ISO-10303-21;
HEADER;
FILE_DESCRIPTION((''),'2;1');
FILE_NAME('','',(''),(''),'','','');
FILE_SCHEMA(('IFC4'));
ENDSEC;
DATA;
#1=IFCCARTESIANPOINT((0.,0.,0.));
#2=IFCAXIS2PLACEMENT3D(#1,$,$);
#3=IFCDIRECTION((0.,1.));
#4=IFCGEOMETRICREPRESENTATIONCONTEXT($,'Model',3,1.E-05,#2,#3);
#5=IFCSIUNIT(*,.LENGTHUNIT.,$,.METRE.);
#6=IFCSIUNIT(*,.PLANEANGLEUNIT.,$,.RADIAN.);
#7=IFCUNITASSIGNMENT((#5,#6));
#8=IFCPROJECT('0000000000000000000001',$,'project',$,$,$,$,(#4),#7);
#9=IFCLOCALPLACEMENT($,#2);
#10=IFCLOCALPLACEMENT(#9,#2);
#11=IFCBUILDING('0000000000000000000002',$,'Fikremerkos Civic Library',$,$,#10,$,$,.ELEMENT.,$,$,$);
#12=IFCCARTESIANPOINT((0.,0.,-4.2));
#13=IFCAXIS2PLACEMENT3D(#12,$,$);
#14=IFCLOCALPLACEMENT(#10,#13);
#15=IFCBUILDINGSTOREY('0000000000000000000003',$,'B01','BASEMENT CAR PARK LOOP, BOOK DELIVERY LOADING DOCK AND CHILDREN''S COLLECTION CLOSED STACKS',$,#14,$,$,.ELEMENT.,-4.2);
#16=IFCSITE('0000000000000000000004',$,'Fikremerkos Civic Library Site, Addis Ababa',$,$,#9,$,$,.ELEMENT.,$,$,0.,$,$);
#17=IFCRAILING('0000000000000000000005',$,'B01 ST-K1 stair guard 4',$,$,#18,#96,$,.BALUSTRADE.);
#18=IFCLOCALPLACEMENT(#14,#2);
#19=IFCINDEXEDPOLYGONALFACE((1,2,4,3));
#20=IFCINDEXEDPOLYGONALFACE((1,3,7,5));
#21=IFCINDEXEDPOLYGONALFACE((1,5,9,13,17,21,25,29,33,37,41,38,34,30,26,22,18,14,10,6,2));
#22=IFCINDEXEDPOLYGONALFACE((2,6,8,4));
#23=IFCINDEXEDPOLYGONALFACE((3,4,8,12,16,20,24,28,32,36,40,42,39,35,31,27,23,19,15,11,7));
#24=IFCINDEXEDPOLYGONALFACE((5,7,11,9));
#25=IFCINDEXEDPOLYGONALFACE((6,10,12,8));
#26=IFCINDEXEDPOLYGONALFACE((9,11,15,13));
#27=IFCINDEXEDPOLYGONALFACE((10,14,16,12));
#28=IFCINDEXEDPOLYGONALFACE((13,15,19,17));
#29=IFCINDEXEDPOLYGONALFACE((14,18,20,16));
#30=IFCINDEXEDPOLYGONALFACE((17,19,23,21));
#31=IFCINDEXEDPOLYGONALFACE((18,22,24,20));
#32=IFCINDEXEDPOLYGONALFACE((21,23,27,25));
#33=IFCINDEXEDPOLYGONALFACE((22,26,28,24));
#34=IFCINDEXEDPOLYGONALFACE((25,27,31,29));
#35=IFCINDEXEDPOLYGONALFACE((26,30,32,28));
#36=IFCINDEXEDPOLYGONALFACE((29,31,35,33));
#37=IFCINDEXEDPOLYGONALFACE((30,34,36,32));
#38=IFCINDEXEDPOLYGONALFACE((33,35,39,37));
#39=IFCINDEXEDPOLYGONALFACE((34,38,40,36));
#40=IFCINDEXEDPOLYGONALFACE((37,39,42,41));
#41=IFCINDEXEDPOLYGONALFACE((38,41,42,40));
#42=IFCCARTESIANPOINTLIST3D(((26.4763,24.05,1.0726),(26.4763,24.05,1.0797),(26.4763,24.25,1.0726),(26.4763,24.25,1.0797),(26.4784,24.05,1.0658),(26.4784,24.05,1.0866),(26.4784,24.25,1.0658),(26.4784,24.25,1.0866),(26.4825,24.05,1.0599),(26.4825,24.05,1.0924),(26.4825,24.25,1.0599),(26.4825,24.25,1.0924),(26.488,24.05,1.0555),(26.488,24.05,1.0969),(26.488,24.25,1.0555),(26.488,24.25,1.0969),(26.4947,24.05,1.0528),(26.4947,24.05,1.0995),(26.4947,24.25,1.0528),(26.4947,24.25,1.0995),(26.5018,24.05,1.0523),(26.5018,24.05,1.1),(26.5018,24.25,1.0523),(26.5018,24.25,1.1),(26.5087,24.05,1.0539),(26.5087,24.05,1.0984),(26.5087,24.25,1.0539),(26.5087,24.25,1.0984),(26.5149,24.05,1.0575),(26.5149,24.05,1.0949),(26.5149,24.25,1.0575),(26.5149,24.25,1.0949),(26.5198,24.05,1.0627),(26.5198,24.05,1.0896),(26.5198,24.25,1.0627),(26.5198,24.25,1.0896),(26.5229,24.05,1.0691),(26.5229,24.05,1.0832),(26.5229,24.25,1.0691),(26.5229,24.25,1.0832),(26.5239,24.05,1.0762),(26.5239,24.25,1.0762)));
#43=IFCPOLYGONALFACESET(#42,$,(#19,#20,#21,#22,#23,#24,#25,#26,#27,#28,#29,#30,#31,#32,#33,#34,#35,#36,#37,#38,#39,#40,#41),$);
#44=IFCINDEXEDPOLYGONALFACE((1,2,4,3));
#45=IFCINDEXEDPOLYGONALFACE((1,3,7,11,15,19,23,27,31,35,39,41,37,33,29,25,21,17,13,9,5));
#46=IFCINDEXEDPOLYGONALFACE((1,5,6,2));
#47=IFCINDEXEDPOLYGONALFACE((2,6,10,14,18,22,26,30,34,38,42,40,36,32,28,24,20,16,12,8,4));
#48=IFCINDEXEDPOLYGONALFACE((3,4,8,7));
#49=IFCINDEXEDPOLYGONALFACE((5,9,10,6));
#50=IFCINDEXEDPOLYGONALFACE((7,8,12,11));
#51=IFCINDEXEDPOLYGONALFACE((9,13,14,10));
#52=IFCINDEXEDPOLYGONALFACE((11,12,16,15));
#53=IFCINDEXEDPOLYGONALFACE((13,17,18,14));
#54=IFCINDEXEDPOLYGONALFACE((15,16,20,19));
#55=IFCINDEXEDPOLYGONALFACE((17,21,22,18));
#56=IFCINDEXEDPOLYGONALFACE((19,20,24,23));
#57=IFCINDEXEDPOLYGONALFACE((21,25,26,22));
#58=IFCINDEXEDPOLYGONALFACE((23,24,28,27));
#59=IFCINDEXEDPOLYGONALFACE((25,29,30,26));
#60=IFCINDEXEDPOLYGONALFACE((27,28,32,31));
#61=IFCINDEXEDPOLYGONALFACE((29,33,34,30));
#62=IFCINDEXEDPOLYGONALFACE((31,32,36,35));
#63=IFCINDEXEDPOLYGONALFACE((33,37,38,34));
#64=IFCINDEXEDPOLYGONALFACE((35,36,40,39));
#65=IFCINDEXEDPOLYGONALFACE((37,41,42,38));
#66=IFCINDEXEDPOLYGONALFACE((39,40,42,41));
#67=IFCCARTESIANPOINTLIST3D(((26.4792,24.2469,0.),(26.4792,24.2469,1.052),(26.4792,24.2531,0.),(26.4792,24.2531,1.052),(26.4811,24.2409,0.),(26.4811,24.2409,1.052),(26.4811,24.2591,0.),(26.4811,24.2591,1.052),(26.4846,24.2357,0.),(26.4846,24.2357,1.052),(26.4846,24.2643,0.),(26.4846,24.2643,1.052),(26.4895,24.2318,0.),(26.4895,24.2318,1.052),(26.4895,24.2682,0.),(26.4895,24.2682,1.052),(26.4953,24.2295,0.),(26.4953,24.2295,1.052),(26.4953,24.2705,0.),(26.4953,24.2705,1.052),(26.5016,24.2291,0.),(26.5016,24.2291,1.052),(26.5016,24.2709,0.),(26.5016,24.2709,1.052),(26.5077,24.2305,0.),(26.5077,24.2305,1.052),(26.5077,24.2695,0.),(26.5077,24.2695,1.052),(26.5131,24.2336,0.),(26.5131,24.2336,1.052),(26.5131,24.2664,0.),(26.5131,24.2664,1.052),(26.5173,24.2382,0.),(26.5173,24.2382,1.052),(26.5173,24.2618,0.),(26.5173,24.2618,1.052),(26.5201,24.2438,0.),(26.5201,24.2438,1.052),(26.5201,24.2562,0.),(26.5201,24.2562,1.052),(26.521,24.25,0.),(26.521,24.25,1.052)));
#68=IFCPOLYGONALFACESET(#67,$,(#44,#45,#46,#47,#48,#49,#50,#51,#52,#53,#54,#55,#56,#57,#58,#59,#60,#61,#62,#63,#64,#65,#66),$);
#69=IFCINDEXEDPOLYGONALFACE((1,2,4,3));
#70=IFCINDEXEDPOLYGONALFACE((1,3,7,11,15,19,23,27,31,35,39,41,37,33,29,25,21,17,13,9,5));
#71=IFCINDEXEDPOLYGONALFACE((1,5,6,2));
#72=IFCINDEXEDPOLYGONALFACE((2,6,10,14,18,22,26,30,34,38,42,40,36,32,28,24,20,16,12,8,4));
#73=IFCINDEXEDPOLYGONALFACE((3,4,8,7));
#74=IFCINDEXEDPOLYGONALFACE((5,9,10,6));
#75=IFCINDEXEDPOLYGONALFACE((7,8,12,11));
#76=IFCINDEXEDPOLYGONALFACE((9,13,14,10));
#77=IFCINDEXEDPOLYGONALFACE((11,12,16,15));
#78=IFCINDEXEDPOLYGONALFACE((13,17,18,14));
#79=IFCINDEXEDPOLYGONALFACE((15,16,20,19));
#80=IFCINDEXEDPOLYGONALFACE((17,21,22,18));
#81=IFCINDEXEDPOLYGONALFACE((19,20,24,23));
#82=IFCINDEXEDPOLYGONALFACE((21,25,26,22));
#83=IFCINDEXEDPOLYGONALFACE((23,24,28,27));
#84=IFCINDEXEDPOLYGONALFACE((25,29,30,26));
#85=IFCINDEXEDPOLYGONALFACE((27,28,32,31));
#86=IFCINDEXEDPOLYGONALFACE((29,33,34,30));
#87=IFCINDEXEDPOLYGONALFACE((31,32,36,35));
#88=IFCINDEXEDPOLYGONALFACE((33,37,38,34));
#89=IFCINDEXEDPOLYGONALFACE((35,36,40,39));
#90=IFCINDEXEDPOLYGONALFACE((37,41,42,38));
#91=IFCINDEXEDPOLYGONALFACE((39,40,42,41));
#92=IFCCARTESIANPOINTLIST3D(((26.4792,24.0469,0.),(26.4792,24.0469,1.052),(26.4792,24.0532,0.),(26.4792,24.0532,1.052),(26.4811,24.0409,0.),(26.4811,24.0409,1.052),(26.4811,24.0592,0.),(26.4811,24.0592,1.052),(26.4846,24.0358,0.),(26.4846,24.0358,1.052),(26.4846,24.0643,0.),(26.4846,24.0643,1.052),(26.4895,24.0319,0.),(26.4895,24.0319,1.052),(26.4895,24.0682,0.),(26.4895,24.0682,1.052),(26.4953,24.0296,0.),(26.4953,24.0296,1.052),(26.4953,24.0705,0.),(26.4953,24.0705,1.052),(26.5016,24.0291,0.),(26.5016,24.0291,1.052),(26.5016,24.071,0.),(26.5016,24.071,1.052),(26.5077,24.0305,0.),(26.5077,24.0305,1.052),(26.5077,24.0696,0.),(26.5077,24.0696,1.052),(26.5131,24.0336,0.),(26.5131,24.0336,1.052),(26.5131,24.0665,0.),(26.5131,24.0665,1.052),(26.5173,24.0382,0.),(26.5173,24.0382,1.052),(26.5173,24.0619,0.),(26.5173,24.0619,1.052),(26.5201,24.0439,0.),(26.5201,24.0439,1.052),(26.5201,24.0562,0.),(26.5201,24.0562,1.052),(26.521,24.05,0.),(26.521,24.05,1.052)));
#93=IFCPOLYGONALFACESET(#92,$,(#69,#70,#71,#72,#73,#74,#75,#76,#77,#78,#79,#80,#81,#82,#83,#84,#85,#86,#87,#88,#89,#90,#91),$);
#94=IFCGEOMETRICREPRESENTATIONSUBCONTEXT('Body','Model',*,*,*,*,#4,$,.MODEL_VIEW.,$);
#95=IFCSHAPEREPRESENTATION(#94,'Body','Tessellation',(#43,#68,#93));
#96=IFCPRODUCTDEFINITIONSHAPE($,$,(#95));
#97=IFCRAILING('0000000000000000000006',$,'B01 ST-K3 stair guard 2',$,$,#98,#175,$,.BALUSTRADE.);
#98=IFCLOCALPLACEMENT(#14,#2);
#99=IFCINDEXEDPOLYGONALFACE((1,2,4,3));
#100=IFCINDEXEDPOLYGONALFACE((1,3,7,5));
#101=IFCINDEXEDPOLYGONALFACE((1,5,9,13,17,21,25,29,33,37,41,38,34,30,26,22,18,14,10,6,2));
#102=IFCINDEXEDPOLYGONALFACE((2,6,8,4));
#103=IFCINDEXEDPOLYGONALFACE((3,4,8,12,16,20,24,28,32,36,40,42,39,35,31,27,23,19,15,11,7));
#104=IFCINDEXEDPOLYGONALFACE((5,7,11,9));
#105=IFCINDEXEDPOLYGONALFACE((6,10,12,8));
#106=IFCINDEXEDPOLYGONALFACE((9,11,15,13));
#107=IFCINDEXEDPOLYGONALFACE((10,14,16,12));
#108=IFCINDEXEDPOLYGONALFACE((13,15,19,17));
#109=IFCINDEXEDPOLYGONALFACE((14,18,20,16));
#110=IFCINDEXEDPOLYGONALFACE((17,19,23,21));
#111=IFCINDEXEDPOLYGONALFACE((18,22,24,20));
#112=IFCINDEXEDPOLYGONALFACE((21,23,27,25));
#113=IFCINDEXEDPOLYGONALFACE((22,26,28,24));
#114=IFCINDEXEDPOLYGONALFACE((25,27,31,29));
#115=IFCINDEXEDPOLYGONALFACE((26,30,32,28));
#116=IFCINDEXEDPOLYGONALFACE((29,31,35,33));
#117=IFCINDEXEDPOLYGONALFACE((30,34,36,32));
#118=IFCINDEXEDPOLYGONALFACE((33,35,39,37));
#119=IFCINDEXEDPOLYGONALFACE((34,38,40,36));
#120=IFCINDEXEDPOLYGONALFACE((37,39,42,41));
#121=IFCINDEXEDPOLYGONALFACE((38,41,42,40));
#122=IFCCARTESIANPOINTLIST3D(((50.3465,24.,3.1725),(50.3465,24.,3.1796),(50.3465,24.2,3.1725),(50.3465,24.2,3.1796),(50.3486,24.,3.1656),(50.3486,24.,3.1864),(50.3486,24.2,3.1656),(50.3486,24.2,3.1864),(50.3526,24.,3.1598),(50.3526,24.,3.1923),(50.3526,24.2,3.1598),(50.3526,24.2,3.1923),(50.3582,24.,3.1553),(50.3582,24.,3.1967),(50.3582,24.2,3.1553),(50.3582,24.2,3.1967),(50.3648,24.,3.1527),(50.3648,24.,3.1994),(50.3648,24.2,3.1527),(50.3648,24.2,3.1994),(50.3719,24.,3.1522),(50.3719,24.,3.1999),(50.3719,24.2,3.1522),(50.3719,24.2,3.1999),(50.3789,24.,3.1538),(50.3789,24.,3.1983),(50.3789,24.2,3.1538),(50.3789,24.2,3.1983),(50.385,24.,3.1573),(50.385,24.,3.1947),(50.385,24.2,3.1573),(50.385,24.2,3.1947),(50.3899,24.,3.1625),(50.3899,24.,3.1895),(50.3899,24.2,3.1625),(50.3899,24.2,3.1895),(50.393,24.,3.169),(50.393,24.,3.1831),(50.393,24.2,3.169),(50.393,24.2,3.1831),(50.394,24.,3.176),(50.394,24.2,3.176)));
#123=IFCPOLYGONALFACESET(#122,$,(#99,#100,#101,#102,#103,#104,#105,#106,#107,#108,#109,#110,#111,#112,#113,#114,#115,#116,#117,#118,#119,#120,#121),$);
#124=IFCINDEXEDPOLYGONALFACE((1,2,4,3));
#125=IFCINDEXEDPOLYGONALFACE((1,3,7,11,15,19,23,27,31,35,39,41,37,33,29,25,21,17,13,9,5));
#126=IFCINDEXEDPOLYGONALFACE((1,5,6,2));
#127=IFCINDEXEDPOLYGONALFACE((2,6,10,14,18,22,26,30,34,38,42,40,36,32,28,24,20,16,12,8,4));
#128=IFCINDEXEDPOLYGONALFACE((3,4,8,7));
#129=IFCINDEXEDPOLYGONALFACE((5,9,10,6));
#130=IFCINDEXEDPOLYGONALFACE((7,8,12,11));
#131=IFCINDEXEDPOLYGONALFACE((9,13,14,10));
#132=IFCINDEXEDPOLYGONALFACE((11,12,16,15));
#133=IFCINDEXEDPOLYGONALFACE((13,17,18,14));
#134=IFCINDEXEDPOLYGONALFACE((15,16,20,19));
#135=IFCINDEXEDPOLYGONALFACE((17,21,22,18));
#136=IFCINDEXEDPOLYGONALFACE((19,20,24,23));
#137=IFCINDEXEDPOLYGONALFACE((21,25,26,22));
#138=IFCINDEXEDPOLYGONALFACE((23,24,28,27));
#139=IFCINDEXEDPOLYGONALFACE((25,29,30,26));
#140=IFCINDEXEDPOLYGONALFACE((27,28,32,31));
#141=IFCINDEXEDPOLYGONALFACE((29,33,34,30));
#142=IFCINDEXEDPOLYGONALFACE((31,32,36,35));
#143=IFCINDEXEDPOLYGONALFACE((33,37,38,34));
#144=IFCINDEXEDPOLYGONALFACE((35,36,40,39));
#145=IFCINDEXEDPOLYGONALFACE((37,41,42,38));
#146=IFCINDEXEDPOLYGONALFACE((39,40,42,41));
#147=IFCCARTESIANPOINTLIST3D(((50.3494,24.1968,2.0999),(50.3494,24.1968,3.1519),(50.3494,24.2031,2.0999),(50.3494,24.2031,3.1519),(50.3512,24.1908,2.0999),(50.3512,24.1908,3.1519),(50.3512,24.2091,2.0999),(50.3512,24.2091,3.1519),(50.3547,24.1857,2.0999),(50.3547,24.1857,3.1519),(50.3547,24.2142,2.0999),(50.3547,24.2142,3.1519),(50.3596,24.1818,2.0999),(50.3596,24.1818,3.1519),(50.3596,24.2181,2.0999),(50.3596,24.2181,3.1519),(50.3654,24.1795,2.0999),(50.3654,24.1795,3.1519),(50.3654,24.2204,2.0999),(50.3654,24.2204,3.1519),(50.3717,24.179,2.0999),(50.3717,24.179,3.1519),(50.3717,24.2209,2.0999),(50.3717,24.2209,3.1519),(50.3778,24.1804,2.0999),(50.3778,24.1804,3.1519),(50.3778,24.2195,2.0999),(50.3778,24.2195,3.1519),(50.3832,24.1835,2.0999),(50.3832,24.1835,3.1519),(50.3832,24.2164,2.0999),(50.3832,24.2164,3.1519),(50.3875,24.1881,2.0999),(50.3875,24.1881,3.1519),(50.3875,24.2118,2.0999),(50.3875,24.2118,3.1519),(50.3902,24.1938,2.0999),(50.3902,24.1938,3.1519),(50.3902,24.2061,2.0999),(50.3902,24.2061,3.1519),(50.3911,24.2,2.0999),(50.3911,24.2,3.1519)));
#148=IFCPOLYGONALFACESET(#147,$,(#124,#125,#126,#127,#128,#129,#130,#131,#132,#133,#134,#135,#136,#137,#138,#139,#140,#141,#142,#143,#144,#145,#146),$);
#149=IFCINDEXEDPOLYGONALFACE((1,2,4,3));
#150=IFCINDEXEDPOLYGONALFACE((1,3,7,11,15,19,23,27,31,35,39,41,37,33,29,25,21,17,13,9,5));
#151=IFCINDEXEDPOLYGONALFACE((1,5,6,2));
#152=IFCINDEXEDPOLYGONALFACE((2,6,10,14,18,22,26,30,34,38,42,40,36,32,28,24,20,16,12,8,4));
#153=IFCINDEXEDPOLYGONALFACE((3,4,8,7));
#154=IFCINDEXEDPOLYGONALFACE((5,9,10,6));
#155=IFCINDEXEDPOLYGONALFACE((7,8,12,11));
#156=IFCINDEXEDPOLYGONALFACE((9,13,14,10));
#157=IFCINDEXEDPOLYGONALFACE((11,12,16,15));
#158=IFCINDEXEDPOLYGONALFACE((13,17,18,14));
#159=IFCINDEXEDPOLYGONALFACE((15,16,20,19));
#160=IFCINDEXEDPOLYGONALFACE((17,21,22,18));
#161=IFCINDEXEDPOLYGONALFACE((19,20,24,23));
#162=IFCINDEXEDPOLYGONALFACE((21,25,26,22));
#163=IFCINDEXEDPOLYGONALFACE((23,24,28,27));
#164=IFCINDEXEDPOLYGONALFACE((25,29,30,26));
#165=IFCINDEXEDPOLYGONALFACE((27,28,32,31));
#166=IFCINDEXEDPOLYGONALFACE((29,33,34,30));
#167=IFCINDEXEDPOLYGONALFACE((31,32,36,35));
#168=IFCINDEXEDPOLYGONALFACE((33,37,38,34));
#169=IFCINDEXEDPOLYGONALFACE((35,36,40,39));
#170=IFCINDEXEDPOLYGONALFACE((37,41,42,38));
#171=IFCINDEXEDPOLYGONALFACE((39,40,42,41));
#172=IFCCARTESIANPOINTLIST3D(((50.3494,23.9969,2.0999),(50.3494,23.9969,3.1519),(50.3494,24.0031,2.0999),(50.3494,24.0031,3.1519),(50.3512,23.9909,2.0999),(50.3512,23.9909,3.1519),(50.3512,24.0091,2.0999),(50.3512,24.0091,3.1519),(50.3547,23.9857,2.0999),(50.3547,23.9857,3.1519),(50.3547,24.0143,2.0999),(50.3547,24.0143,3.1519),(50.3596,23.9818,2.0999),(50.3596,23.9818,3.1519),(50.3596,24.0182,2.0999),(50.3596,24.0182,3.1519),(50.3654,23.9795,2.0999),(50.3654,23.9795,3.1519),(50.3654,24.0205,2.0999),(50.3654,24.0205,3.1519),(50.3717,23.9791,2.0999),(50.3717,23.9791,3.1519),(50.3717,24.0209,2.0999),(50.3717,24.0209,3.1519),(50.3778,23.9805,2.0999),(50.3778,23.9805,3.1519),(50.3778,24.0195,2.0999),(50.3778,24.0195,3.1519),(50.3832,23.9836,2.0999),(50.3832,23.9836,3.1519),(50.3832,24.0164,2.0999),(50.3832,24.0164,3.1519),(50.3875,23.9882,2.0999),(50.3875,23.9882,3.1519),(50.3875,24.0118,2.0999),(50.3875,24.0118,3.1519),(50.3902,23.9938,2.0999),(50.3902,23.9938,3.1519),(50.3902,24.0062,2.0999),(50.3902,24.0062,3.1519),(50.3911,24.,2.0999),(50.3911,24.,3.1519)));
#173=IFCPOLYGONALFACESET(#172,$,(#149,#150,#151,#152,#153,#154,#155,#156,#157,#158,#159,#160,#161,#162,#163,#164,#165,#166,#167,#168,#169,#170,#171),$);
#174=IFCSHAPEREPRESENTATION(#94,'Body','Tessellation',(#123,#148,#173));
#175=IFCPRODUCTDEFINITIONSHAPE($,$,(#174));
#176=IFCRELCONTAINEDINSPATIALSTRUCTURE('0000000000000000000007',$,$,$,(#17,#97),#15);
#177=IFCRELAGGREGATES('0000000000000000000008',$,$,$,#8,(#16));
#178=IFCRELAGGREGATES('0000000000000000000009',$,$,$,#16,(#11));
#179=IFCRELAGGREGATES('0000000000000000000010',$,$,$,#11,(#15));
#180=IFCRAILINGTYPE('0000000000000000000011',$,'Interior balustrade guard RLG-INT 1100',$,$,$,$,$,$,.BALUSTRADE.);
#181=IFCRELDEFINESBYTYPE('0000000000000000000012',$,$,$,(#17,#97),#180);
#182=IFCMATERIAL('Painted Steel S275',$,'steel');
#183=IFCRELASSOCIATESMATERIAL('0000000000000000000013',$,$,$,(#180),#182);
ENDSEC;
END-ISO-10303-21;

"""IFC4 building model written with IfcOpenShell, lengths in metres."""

from ifc_helpers import new_model, si_unit, direction, frame, origin, origin_2d, place, context, subcontext, project, spatial, circle, extrude, material, type_object, element, save


model = new_model("IFC4")

# Units and contexts
model_context = context("Model", 3, precision=1e-05, world=origin(), true_north=direction((0.0, 1.0)))
body_context = subcontext(model_context, "Body", "Model", "MODEL_VIEW")
ifc_project = project(units=[si_unit("LENGTHUNIT", "METRE"), si_unit("PLANEANGLEUNIT", "RADIAN")], contexts=[model_context])

# Site, building, storey
site_placement = place(None, origin())
site = spatial("IfcSite", under=ifc_project, at=site_placement, Name="Fikremerkos Civic Library Site, Addis Ababa", CompositionType="ELEMENT", RefElevation=0.0)
building_placement = place(site_placement, origin())
building = spatial("IfcBuilding", under=site, at=building_placement, Name="Fikremerkos Civic Library", CompositionType="ELEMENT")
storey_placement = place(building_placement, frame((0.0, 0.0, -4.2)))
storey = spatial("IfcBuildingStorey", under=building, at=storey_placement, Name="B01", Description="BASEMENT CAR PARK LOOP, BOOK DELIVERY LOADING DOCK AND CHILDREN'S COLLECTION CLOSED STACKS", CompositionType="ELEMENT", Elevation=-4.2)

# Railings
ifc_material_1 = material(Name="Painted Steel S275", Category="steel")
railing_type_1 = type_object("IfcRailingType", Name="Interior balustrade guard RLG-INT 1100", PredefinedType="BALUSTRADE", material=ifc_material_1)
for number, where, name in (
    (1, (26.5, 24.25, 0.0), "B01 ST-K1 stair guard 4"),
    (2, (50.3701, 24.2, 2.0999), "B01 ST-K3 stair guard 2"),
):
    element("IfcRailing", number, at=place(storey_placement, frame(where)), inside=storey, type_object=railing_type_1, Name=name, PredefinedType="BALUSTRADE", context=body_context, shape_type="SweptSolid", body=[
        extrude(circle(Radius=0.0239, at=origin_2d()), frame((0.0, 0.0, 1.0762), z_axis=(0.0, -1.0, 0.0), x_axis=(1.0, 0.0, 0.0)), (0.0, 0.0, 1.0), 0.2),
        extrude(circle(Radius=0.021, at=origin_2d()), origin(), (0.0, 0.0, 1.0), 1.052),
        extrude(circle(Radius=0.021, at=origin_2d()), frame((0.0, -0.2, 0.0)), (0.0, 0.0, 1.0), 1.052),
    ])

save(model, "model.ifc")
